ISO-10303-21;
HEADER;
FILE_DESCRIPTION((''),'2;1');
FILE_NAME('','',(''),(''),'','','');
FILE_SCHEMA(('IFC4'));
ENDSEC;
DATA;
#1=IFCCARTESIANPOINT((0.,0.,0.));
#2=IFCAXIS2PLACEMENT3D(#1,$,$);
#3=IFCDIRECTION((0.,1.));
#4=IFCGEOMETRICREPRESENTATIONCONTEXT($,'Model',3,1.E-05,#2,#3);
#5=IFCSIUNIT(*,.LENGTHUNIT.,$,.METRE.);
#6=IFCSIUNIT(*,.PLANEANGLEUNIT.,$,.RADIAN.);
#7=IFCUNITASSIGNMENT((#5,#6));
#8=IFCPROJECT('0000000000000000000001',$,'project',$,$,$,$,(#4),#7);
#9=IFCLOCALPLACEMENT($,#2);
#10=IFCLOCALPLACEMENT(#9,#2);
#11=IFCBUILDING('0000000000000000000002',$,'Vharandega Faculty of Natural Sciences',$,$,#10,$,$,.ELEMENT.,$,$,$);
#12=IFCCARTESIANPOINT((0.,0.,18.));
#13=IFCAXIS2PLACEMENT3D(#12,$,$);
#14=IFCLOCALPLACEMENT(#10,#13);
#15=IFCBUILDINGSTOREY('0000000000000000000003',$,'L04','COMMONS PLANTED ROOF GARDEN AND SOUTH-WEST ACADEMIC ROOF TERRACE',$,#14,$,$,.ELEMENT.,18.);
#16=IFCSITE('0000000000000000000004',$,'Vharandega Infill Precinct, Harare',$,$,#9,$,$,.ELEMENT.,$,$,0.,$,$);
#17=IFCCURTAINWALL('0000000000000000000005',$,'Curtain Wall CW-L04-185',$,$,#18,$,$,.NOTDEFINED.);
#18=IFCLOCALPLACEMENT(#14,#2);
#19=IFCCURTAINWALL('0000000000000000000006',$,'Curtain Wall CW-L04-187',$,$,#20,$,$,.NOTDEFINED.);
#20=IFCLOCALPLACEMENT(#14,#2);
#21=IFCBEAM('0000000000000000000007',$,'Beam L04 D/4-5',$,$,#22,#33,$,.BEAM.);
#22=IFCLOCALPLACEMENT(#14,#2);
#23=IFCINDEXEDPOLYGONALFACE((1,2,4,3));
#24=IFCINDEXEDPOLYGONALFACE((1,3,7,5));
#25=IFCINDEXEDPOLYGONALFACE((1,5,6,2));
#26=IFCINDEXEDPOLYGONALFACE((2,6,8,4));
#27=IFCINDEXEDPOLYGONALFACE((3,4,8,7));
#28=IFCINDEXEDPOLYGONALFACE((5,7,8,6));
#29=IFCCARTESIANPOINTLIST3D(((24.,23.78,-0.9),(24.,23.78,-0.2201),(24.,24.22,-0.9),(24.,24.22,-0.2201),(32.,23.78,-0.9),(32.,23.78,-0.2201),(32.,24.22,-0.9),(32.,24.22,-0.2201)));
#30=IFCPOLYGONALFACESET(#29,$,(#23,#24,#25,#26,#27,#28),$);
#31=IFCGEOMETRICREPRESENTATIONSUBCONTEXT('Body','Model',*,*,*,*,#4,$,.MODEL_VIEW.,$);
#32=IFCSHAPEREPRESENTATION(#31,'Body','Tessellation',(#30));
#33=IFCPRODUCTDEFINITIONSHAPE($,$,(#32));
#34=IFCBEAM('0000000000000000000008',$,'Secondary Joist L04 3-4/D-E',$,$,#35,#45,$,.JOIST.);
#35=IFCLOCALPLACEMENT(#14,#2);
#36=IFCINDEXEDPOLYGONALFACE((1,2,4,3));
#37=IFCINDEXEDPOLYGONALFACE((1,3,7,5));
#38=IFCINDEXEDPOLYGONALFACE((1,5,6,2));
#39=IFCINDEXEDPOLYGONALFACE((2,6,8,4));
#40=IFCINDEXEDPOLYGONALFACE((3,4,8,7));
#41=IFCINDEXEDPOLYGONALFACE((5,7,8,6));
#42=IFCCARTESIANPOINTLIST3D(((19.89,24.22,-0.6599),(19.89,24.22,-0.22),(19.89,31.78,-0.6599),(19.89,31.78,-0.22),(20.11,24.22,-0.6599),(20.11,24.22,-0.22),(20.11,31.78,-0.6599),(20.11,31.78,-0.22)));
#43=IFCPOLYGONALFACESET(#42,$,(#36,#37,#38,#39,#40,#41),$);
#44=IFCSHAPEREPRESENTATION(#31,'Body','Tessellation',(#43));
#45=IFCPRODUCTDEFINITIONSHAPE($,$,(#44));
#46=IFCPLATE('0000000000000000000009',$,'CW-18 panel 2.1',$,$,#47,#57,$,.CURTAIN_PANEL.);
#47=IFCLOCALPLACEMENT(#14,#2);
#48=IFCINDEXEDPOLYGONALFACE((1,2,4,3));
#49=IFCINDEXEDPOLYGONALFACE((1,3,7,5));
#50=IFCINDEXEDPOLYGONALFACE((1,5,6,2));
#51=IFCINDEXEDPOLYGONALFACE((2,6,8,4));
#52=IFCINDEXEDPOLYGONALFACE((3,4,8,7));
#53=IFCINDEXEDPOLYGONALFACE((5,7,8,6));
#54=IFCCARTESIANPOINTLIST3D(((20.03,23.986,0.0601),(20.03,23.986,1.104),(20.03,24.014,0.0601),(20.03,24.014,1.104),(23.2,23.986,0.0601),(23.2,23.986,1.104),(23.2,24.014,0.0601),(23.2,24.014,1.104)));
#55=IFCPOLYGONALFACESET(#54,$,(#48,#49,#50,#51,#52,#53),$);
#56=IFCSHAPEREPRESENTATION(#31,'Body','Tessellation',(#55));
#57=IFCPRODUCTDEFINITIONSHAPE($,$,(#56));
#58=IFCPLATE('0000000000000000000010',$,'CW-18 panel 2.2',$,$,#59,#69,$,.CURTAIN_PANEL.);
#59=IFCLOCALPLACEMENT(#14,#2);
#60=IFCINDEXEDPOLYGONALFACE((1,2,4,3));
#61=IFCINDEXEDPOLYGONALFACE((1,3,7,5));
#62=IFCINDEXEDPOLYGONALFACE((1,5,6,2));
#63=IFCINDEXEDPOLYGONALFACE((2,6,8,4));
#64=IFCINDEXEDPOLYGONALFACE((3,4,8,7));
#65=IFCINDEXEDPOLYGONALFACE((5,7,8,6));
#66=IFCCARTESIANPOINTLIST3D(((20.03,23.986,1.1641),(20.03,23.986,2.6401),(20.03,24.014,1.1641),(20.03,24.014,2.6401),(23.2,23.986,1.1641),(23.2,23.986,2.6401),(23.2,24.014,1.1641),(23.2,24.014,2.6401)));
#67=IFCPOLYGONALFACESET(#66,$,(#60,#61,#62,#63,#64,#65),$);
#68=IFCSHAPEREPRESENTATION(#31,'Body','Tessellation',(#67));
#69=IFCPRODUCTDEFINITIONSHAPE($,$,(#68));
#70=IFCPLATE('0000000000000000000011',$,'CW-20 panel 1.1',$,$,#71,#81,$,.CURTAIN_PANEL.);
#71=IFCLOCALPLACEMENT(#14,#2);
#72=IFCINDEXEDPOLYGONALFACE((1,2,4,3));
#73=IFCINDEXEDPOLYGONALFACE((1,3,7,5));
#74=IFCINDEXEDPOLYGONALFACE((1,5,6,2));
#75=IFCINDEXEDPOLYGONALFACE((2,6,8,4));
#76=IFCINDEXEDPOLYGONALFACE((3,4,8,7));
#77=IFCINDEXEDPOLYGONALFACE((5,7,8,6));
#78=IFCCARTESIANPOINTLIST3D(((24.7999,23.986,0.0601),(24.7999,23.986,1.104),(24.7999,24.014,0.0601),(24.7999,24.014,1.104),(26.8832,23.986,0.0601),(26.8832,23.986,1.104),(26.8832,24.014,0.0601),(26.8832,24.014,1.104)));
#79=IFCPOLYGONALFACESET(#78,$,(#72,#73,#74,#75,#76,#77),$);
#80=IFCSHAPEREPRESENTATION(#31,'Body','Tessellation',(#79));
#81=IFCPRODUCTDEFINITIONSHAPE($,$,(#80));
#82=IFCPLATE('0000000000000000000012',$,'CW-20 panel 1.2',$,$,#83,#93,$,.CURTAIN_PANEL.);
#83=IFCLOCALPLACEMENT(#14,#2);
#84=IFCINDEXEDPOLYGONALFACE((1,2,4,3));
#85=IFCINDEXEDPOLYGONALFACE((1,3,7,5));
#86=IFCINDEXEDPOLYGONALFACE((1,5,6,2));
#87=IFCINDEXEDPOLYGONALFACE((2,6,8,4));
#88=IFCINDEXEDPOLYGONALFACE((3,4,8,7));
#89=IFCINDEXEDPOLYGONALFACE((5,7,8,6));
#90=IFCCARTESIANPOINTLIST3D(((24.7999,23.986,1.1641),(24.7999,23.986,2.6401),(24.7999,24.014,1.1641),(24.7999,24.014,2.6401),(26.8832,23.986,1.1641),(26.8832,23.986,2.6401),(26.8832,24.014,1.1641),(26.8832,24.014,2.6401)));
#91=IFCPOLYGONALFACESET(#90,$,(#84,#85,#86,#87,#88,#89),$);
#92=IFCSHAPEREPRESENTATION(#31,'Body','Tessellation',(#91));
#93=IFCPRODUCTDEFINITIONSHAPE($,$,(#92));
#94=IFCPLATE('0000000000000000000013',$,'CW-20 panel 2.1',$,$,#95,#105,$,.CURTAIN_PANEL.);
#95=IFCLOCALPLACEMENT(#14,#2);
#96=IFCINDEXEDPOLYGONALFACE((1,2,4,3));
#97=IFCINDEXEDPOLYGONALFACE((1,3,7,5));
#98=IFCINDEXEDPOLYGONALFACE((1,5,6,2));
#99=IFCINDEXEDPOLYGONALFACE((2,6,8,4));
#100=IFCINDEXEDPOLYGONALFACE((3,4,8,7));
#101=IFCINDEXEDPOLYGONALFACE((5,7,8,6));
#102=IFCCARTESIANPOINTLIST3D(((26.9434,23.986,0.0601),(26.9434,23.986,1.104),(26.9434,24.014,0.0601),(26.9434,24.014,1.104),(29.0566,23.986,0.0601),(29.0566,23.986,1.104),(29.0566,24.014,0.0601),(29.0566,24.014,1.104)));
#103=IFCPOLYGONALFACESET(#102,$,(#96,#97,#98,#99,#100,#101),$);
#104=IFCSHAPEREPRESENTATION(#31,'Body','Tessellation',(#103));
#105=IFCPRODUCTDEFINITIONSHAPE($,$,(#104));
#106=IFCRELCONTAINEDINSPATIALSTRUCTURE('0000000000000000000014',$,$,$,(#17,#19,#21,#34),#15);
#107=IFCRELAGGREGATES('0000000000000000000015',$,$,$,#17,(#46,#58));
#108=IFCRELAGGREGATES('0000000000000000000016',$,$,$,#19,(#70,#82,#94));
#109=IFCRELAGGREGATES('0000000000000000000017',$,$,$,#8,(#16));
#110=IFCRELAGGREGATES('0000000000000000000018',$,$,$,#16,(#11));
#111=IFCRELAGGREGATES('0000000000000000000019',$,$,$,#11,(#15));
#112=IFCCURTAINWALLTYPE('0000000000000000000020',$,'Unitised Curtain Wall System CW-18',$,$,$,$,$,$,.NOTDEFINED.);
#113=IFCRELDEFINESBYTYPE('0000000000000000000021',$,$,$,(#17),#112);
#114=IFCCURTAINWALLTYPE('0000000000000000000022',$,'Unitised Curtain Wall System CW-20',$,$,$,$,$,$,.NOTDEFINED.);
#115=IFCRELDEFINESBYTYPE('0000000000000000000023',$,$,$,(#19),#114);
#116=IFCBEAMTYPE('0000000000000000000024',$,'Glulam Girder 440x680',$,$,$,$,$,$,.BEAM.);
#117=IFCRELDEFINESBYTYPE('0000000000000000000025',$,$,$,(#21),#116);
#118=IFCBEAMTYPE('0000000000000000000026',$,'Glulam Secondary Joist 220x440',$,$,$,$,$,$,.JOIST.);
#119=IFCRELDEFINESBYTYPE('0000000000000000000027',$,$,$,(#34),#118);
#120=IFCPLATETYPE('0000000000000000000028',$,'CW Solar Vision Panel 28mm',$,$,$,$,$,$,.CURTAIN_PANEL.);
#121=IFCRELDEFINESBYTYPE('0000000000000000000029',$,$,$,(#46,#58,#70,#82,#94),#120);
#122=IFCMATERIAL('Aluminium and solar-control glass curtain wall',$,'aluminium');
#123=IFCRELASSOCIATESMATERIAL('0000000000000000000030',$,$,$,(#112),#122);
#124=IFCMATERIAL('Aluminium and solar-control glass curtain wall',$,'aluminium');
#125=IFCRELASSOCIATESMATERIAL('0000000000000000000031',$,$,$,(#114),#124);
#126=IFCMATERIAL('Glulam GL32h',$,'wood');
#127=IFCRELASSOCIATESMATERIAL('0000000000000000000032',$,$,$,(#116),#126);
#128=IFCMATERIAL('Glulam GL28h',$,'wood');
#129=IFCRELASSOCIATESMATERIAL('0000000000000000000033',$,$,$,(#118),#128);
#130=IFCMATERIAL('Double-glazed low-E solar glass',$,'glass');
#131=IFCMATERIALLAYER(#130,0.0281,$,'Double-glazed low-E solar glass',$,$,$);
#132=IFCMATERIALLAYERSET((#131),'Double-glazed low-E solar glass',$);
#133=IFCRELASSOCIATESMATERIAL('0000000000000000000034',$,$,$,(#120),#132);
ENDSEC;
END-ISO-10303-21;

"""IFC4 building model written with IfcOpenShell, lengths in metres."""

from ifc_helpers import new_model, si_unit, direction, frame, origin, origin_2d, place, context, subcontext, project, spatial, rectangle, extrude, material, layer, layer_set, material_profile, profile_set, type_object, element, aggregate, save


model = new_model("IFC4")

# Units and contexts
model_context = context("Model", 3, precision=1e-05, world=origin(), true_north=direction((0.0, 1.0)))
body_context = subcontext(model_context, "Body", "Model", "MODEL_VIEW")
ifc_project = project(units=[si_unit("LENGTHUNIT", "METRE"), si_unit("PLANEANGLEUNIT", "RADIAN")], contexts=[model_context])

# Site, building, storey
site_placement = place(None, origin())
site = spatial("IfcSite", under=ifc_project, at=site_placement, Name="Vharandega Infill Precinct, Harare", CompositionType="ELEMENT", RefElevation=0.0)
building_placement = place(site_placement, origin())
building = spatial("IfcBuilding", under=site, at=building_placement, Name="Vharandega Faculty of Natural Sciences", CompositionType="ELEMENT")
storey_placement = place(building_placement, frame((0.0, 0.0, 18.0)))
storey = spatial("IfcBuildingStorey", under=building, at=storey_placement, Name="L04", Description="COMMONS PLANTED ROOF GARDEN AND SOUTH-WEST ACADEMIC ROOF TERRACE", CompositionType="ELEMENT", Elevation=18.0)

# Curtain wall
ifc_material_1 = material(Name="Aluminium and solar-control glass curtain wall", Category="aluminium")
curtain_wall_type_1 = type_object("IfcCurtainWallType", Name="Unitised Curtain Wall System CW-18", PredefinedType="NOTDEFINED", material=ifc_material_1)
curtain_wall_1_placement = place(storey_placement, origin())
curtain_wall_1 = element("IfcCurtainWall", 1, at=curtain_wall_1_placement, inside=storey, type_object=curtain_wall_type_1, Name="Curtain Wall CW-L04-185", PredefinedType="NOTDEFINED")

# Curtain wall
ifc_material_2 = material(Name="Aluminium and solar-control glass curtain wall", Category="aluminium")
curtain_wall_type_2 = type_object("IfcCurtainWallType", Name="Unitised Curtain Wall System CW-20", PredefinedType="NOTDEFINED", material=ifc_material_2)
curtain_wall_2_placement = place(storey_placement, origin())
curtain_wall_2 = element("IfcCurtainWall", 2, at=curtain_wall_2_placement, inside=storey, type_object=curtain_wall_type_2, Name="Curtain Wall CW-L04-187", PredefinedType="NOTDEFINED")

# Beams
ifc_material_3 = material(Name="Glulam GL32h", Category="wood")
ifc_material_profile_1 = material_profile(ifc_material_3, rectangle(XDim=0.4399, YDim=0.6799, at=origin_2d()), Name="GL32h 440x680")
ifc_profile_set_1 = profile_set([ifc_material_profile_1], Name="Glulam GL32h")
beam_type_1 = type_object("IfcBeamType", Name="Glulam Girder 440x680", PredefinedType="BEAM", material=ifc_profile_set_1)
beam_1_placement = place(storey_placement, frame((24.0, 24.0, -0.5601), z_axis=(1.0, 0.0, 0.0), x_axis=(0.0, 1.0, 0.0)))
element("IfcBeam", 3, at=beam_1_placement, inside=storey, type_object=beam_type_1, Name="Beam L04 D/4-5", PredefinedType="BEAM", context=body_context, shape_type="SweptSolid", body=[
    extrude(rectangle(XDim=0.4399, YDim=0.6799, at=origin_2d()), origin(), (0.0, 0.0, 1.0), 8.0),
])
ifc_material_4 = material(Name="Glulam GL28h", Category="wood")
ifc_material_profile_2 = material_profile(ifc_material_4, rectangle(XDim=0.22, YDim=0.4399, at=origin_2d()), Name="GL28h 220x440")
ifc_profile_set_2 = profile_set([ifc_material_profile_2], Name="Glulam GL28h")
beam_type_2 = type_object("IfcBeamType", Name="Glulam Secondary Joist 220x440", PredefinedType="JOIST", material=ifc_profile_set_2)
beam_2_placement = place(storey_placement, frame((20.0, 24.22, -0.4399), z_axis=(0.0, 1.0, 0.0), x_axis=(-1.0, 0.0, 0.0)))
element("IfcBeam", 4, at=beam_2_placement, inside=storey, type_object=beam_type_2, Name="Secondary Joist L04 3-4/D-E", PredefinedType="JOIST", context=body_context, shape_type="SweptSolid", body=[
    extrude(rectangle(XDim=0.22, YDim=0.4399, at=origin_2d()), origin(), (0.0, 0.0, 1.0), 7.5601),
])

# Plates
ifc_material_5 = material(Name="Double-glazed low-E solar glass", Category="glass")
ifc_layer = layer(ifc_material_5, 0.0281, Name="Double-glazed low-E solar glass")
ifc_layer_set = layer_set([ifc_layer], Name="Double-glazed low-E solar glass")
plate_type = type_object("IfcPlateType", Name="CW Solar Vision Panel 28mm", PredefinedType="CURTAIN_PANEL", material=ifc_layer_set)
plate_1_placement = place(storey_placement, frame((21.615, 24.0, 0.0601), z_axis=(0.0, 0.0, 1.0), x_axis=(1.0, 0.0, 0.0)))
plate_1 = element("IfcPlate", 5, at=plate_1_placement, type_object=plate_type, Name="CW-18 panel 2.1", PredefinedType="CURTAIN_PANEL", context=body_context, shape_type="SweptSolid", body=[
    extrude(rectangle(XDim=3.1699, YDim=0.0281, at=origin_2d()), origin(), (0.0, 0.0, 1.0), 1.0439),
])
plate_2_placement = place(storey_placement, frame((21.615, 24.0, 1.1641), z_axis=(0.0, 0.0, 1.0), x_axis=(1.0, 0.0, 0.0)))
plate_2 = element("IfcPlate", 6, at=plate_2_placement, type_object=plate_type, Name="CW-18 panel 2.2", PredefinedType="CURTAIN_PANEL", context=body_context, shape_type="SweptSolid", body=[
    extrude(rectangle(XDim=3.1699, YDim=0.0281, at=origin_2d()), origin(), (0.0, 0.0, 1.0), 1.4761),
])
aggregate(curtain_wall_1, [plate_1, plate_2])
plate_3_placement = place(storey_placement, frame((25.8416, 24.0, 0.0601), z_axis=(0.0, 0.0, 1.0), x_axis=(1.0, 0.0, 0.0)))
plate_3 = element("IfcPlate", 7, at=plate_3_placement, type_object=plate_type, Name="CW-20 panel 1.1", PredefinedType="CURTAIN_PANEL", context=body_context, shape_type="SweptSolid", body=[
    extrude(rectangle(XDim=2.0833, YDim=0.0281, at=origin_2d()), origin(), (0.0, 0.0, 1.0), 1.0439),
])
plate_4_placement = place(storey_placement, frame((25.8416, 24.0, 1.1641), z_axis=(0.0, 0.0, 1.0), x_axis=(1.0, 0.0, 0.0)))
plate_4 = element("IfcPlate", 8, at=plate_4_placement, type_object=plate_type, Name="CW-20 panel 1.2", PredefinedType="CURTAIN_PANEL", context=body_context, shape_type="SweptSolid", body=[
    extrude(rectangle(XDim=2.0833, YDim=0.0281, at=origin_2d()), origin(), (0.0, 0.0, 1.0), 1.4761),
])
plate_5_placement = place(storey_placement, frame((28.0, 24.0, 0.0601), z_axis=(0.0, 0.0, 1.0), x_axis=(1.0, 0.0, 0.0)))
plate_5 = element("IfcPlate", 9, at=plate_5_placement, type_object=plate_type, Name="CW-20 panel 2.1", PredefinedType="CURTAIN_PANEL", context=body_context, shape_type="SweptSolid", body=[
    extrude(rectangle(XDim=2.1133, YDim=0.0281, at=origin_2d()), origin(), (0.0, 0.0, 1.0), 1.0439),
])
aggregate(curtain_wall_2, [plate_3, plate_4, plate_5])

save(model, "model.ifc")
